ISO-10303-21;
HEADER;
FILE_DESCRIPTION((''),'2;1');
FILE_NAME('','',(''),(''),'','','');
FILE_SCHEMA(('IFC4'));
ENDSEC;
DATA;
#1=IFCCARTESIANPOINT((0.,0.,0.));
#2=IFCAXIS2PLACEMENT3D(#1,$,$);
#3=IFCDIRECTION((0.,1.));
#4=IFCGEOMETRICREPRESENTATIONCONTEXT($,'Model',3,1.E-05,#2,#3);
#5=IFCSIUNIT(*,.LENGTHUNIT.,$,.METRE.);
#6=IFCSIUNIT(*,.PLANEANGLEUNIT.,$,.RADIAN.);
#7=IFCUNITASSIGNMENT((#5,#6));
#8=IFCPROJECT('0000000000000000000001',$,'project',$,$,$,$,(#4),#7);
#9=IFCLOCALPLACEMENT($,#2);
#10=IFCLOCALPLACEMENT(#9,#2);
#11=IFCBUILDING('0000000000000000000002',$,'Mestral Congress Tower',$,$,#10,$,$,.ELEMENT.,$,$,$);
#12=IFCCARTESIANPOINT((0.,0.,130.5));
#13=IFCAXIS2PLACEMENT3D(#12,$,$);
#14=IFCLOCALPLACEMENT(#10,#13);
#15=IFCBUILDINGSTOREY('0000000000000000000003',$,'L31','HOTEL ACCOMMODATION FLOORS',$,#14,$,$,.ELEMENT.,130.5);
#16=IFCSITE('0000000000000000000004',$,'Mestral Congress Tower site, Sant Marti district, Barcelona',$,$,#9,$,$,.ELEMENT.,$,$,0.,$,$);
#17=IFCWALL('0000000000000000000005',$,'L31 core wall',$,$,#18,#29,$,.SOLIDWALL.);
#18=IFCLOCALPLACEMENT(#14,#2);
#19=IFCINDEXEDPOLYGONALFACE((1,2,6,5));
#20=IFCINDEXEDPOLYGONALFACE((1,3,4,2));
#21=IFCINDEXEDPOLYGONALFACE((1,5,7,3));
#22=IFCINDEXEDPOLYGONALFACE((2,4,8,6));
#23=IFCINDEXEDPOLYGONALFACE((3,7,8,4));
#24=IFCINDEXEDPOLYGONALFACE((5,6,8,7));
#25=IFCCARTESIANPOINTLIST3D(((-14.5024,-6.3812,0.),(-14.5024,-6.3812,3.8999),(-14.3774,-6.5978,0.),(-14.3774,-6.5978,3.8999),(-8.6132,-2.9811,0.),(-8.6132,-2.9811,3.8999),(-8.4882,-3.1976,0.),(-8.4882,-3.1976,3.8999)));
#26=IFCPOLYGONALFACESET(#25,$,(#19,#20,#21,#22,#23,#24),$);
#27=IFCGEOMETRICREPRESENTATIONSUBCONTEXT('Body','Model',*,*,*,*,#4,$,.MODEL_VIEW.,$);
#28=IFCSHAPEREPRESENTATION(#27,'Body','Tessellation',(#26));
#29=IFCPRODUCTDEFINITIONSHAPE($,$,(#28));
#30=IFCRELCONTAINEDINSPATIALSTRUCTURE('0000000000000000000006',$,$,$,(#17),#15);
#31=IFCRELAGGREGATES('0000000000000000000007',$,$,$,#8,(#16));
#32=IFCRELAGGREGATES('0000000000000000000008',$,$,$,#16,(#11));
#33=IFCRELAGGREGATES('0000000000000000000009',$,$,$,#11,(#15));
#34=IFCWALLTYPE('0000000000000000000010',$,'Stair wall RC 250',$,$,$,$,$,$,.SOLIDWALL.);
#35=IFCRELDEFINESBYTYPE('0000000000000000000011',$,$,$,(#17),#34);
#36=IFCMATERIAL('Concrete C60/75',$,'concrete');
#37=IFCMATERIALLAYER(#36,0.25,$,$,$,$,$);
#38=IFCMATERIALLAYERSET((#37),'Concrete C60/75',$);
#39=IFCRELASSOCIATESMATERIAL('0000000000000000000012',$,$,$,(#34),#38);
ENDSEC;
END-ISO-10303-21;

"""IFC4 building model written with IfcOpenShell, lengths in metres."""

from ifc_helpers import new_model, si_unit, direction, frame, frame_2d, origin, place, context, subcontext, project, spatial, rectangle, extrude, material, layer, layer_set, type_object, element, save


model = new_model("IFC4")

# Units and contexts
model_context = context("Model", 3, precision=1e-05, world=origin(), true_north=direction((0.0, 1.0)))
body_context = subcontext(model_context, "Body", "Model", "MODEL_VIEW")
ifc_project = project(units=[si_unit("LENGTHUNIT", "METRE"), si_unit("PLANEANGLEUNIT", "RADIAN")], contexts=[model_context])

# Site, building, storey
site_placement = place(None, origin())
site = spatial("IfcSite", under=ifc_project, at=site_placement, Name="Mestral Congress Tower site, Sant Marti district, Barcelona", CompositionType="ELEMENT", RefElevation=0.0)
building_placement = place(site_placement, origin())
building = spatial("IfcBuilding", under=site, at=building_placement, Name="Mestral Congress Tower", CompositionType="ELEMENT")
storey_placement = place(building_placement, frame((0.0, 0.0, 130.5)))
storey = spatial("IfcBuildingStorey", under=building, at=storey_placement, Name="L31", Description="HOTEL ACCOMMODATION FLOORS", CompositionType="ELEMENT", Elevation=130.5)

# Shared definitions
ifc_material_1 = material(Name="Concrete C60/75", Category="concrete")

# Wall
ifc_layer_1 = layer(ifc_material_1, 0.25)
ifc_layer_set_1 = layer_set([ifc_layer_1], Name="Concrete C60/75")
wall_type_1 = type_object("IfcWallType", Name="Stair wall RC 250", PredefinedType="SOLIDWALL", material=ifc_layer_set_1)
wall_1_placement = place(storey_placement, frame((-14.4399, -6.4895, 0.0), z_axis=(0.0, 0.0, 1.0), x_axis=(0.866023, 0.500004, 0.0)))
element("IfcWall", 1, at=wall_1_placement, inside=storey, type_object=wall_type_1, Name="L31 core wall", PredefinedType="SOLIDWALL", context=body_context, shape_type="SweptSolid", body=[
    extrude(rectangle(XDim=6.8003, YDim=0.25, at=frame_2d((3.4001, 0.0))), origin(), (0.0, 0.0, 1.0), 3.8999),
])

save(model, "model.ifc")
